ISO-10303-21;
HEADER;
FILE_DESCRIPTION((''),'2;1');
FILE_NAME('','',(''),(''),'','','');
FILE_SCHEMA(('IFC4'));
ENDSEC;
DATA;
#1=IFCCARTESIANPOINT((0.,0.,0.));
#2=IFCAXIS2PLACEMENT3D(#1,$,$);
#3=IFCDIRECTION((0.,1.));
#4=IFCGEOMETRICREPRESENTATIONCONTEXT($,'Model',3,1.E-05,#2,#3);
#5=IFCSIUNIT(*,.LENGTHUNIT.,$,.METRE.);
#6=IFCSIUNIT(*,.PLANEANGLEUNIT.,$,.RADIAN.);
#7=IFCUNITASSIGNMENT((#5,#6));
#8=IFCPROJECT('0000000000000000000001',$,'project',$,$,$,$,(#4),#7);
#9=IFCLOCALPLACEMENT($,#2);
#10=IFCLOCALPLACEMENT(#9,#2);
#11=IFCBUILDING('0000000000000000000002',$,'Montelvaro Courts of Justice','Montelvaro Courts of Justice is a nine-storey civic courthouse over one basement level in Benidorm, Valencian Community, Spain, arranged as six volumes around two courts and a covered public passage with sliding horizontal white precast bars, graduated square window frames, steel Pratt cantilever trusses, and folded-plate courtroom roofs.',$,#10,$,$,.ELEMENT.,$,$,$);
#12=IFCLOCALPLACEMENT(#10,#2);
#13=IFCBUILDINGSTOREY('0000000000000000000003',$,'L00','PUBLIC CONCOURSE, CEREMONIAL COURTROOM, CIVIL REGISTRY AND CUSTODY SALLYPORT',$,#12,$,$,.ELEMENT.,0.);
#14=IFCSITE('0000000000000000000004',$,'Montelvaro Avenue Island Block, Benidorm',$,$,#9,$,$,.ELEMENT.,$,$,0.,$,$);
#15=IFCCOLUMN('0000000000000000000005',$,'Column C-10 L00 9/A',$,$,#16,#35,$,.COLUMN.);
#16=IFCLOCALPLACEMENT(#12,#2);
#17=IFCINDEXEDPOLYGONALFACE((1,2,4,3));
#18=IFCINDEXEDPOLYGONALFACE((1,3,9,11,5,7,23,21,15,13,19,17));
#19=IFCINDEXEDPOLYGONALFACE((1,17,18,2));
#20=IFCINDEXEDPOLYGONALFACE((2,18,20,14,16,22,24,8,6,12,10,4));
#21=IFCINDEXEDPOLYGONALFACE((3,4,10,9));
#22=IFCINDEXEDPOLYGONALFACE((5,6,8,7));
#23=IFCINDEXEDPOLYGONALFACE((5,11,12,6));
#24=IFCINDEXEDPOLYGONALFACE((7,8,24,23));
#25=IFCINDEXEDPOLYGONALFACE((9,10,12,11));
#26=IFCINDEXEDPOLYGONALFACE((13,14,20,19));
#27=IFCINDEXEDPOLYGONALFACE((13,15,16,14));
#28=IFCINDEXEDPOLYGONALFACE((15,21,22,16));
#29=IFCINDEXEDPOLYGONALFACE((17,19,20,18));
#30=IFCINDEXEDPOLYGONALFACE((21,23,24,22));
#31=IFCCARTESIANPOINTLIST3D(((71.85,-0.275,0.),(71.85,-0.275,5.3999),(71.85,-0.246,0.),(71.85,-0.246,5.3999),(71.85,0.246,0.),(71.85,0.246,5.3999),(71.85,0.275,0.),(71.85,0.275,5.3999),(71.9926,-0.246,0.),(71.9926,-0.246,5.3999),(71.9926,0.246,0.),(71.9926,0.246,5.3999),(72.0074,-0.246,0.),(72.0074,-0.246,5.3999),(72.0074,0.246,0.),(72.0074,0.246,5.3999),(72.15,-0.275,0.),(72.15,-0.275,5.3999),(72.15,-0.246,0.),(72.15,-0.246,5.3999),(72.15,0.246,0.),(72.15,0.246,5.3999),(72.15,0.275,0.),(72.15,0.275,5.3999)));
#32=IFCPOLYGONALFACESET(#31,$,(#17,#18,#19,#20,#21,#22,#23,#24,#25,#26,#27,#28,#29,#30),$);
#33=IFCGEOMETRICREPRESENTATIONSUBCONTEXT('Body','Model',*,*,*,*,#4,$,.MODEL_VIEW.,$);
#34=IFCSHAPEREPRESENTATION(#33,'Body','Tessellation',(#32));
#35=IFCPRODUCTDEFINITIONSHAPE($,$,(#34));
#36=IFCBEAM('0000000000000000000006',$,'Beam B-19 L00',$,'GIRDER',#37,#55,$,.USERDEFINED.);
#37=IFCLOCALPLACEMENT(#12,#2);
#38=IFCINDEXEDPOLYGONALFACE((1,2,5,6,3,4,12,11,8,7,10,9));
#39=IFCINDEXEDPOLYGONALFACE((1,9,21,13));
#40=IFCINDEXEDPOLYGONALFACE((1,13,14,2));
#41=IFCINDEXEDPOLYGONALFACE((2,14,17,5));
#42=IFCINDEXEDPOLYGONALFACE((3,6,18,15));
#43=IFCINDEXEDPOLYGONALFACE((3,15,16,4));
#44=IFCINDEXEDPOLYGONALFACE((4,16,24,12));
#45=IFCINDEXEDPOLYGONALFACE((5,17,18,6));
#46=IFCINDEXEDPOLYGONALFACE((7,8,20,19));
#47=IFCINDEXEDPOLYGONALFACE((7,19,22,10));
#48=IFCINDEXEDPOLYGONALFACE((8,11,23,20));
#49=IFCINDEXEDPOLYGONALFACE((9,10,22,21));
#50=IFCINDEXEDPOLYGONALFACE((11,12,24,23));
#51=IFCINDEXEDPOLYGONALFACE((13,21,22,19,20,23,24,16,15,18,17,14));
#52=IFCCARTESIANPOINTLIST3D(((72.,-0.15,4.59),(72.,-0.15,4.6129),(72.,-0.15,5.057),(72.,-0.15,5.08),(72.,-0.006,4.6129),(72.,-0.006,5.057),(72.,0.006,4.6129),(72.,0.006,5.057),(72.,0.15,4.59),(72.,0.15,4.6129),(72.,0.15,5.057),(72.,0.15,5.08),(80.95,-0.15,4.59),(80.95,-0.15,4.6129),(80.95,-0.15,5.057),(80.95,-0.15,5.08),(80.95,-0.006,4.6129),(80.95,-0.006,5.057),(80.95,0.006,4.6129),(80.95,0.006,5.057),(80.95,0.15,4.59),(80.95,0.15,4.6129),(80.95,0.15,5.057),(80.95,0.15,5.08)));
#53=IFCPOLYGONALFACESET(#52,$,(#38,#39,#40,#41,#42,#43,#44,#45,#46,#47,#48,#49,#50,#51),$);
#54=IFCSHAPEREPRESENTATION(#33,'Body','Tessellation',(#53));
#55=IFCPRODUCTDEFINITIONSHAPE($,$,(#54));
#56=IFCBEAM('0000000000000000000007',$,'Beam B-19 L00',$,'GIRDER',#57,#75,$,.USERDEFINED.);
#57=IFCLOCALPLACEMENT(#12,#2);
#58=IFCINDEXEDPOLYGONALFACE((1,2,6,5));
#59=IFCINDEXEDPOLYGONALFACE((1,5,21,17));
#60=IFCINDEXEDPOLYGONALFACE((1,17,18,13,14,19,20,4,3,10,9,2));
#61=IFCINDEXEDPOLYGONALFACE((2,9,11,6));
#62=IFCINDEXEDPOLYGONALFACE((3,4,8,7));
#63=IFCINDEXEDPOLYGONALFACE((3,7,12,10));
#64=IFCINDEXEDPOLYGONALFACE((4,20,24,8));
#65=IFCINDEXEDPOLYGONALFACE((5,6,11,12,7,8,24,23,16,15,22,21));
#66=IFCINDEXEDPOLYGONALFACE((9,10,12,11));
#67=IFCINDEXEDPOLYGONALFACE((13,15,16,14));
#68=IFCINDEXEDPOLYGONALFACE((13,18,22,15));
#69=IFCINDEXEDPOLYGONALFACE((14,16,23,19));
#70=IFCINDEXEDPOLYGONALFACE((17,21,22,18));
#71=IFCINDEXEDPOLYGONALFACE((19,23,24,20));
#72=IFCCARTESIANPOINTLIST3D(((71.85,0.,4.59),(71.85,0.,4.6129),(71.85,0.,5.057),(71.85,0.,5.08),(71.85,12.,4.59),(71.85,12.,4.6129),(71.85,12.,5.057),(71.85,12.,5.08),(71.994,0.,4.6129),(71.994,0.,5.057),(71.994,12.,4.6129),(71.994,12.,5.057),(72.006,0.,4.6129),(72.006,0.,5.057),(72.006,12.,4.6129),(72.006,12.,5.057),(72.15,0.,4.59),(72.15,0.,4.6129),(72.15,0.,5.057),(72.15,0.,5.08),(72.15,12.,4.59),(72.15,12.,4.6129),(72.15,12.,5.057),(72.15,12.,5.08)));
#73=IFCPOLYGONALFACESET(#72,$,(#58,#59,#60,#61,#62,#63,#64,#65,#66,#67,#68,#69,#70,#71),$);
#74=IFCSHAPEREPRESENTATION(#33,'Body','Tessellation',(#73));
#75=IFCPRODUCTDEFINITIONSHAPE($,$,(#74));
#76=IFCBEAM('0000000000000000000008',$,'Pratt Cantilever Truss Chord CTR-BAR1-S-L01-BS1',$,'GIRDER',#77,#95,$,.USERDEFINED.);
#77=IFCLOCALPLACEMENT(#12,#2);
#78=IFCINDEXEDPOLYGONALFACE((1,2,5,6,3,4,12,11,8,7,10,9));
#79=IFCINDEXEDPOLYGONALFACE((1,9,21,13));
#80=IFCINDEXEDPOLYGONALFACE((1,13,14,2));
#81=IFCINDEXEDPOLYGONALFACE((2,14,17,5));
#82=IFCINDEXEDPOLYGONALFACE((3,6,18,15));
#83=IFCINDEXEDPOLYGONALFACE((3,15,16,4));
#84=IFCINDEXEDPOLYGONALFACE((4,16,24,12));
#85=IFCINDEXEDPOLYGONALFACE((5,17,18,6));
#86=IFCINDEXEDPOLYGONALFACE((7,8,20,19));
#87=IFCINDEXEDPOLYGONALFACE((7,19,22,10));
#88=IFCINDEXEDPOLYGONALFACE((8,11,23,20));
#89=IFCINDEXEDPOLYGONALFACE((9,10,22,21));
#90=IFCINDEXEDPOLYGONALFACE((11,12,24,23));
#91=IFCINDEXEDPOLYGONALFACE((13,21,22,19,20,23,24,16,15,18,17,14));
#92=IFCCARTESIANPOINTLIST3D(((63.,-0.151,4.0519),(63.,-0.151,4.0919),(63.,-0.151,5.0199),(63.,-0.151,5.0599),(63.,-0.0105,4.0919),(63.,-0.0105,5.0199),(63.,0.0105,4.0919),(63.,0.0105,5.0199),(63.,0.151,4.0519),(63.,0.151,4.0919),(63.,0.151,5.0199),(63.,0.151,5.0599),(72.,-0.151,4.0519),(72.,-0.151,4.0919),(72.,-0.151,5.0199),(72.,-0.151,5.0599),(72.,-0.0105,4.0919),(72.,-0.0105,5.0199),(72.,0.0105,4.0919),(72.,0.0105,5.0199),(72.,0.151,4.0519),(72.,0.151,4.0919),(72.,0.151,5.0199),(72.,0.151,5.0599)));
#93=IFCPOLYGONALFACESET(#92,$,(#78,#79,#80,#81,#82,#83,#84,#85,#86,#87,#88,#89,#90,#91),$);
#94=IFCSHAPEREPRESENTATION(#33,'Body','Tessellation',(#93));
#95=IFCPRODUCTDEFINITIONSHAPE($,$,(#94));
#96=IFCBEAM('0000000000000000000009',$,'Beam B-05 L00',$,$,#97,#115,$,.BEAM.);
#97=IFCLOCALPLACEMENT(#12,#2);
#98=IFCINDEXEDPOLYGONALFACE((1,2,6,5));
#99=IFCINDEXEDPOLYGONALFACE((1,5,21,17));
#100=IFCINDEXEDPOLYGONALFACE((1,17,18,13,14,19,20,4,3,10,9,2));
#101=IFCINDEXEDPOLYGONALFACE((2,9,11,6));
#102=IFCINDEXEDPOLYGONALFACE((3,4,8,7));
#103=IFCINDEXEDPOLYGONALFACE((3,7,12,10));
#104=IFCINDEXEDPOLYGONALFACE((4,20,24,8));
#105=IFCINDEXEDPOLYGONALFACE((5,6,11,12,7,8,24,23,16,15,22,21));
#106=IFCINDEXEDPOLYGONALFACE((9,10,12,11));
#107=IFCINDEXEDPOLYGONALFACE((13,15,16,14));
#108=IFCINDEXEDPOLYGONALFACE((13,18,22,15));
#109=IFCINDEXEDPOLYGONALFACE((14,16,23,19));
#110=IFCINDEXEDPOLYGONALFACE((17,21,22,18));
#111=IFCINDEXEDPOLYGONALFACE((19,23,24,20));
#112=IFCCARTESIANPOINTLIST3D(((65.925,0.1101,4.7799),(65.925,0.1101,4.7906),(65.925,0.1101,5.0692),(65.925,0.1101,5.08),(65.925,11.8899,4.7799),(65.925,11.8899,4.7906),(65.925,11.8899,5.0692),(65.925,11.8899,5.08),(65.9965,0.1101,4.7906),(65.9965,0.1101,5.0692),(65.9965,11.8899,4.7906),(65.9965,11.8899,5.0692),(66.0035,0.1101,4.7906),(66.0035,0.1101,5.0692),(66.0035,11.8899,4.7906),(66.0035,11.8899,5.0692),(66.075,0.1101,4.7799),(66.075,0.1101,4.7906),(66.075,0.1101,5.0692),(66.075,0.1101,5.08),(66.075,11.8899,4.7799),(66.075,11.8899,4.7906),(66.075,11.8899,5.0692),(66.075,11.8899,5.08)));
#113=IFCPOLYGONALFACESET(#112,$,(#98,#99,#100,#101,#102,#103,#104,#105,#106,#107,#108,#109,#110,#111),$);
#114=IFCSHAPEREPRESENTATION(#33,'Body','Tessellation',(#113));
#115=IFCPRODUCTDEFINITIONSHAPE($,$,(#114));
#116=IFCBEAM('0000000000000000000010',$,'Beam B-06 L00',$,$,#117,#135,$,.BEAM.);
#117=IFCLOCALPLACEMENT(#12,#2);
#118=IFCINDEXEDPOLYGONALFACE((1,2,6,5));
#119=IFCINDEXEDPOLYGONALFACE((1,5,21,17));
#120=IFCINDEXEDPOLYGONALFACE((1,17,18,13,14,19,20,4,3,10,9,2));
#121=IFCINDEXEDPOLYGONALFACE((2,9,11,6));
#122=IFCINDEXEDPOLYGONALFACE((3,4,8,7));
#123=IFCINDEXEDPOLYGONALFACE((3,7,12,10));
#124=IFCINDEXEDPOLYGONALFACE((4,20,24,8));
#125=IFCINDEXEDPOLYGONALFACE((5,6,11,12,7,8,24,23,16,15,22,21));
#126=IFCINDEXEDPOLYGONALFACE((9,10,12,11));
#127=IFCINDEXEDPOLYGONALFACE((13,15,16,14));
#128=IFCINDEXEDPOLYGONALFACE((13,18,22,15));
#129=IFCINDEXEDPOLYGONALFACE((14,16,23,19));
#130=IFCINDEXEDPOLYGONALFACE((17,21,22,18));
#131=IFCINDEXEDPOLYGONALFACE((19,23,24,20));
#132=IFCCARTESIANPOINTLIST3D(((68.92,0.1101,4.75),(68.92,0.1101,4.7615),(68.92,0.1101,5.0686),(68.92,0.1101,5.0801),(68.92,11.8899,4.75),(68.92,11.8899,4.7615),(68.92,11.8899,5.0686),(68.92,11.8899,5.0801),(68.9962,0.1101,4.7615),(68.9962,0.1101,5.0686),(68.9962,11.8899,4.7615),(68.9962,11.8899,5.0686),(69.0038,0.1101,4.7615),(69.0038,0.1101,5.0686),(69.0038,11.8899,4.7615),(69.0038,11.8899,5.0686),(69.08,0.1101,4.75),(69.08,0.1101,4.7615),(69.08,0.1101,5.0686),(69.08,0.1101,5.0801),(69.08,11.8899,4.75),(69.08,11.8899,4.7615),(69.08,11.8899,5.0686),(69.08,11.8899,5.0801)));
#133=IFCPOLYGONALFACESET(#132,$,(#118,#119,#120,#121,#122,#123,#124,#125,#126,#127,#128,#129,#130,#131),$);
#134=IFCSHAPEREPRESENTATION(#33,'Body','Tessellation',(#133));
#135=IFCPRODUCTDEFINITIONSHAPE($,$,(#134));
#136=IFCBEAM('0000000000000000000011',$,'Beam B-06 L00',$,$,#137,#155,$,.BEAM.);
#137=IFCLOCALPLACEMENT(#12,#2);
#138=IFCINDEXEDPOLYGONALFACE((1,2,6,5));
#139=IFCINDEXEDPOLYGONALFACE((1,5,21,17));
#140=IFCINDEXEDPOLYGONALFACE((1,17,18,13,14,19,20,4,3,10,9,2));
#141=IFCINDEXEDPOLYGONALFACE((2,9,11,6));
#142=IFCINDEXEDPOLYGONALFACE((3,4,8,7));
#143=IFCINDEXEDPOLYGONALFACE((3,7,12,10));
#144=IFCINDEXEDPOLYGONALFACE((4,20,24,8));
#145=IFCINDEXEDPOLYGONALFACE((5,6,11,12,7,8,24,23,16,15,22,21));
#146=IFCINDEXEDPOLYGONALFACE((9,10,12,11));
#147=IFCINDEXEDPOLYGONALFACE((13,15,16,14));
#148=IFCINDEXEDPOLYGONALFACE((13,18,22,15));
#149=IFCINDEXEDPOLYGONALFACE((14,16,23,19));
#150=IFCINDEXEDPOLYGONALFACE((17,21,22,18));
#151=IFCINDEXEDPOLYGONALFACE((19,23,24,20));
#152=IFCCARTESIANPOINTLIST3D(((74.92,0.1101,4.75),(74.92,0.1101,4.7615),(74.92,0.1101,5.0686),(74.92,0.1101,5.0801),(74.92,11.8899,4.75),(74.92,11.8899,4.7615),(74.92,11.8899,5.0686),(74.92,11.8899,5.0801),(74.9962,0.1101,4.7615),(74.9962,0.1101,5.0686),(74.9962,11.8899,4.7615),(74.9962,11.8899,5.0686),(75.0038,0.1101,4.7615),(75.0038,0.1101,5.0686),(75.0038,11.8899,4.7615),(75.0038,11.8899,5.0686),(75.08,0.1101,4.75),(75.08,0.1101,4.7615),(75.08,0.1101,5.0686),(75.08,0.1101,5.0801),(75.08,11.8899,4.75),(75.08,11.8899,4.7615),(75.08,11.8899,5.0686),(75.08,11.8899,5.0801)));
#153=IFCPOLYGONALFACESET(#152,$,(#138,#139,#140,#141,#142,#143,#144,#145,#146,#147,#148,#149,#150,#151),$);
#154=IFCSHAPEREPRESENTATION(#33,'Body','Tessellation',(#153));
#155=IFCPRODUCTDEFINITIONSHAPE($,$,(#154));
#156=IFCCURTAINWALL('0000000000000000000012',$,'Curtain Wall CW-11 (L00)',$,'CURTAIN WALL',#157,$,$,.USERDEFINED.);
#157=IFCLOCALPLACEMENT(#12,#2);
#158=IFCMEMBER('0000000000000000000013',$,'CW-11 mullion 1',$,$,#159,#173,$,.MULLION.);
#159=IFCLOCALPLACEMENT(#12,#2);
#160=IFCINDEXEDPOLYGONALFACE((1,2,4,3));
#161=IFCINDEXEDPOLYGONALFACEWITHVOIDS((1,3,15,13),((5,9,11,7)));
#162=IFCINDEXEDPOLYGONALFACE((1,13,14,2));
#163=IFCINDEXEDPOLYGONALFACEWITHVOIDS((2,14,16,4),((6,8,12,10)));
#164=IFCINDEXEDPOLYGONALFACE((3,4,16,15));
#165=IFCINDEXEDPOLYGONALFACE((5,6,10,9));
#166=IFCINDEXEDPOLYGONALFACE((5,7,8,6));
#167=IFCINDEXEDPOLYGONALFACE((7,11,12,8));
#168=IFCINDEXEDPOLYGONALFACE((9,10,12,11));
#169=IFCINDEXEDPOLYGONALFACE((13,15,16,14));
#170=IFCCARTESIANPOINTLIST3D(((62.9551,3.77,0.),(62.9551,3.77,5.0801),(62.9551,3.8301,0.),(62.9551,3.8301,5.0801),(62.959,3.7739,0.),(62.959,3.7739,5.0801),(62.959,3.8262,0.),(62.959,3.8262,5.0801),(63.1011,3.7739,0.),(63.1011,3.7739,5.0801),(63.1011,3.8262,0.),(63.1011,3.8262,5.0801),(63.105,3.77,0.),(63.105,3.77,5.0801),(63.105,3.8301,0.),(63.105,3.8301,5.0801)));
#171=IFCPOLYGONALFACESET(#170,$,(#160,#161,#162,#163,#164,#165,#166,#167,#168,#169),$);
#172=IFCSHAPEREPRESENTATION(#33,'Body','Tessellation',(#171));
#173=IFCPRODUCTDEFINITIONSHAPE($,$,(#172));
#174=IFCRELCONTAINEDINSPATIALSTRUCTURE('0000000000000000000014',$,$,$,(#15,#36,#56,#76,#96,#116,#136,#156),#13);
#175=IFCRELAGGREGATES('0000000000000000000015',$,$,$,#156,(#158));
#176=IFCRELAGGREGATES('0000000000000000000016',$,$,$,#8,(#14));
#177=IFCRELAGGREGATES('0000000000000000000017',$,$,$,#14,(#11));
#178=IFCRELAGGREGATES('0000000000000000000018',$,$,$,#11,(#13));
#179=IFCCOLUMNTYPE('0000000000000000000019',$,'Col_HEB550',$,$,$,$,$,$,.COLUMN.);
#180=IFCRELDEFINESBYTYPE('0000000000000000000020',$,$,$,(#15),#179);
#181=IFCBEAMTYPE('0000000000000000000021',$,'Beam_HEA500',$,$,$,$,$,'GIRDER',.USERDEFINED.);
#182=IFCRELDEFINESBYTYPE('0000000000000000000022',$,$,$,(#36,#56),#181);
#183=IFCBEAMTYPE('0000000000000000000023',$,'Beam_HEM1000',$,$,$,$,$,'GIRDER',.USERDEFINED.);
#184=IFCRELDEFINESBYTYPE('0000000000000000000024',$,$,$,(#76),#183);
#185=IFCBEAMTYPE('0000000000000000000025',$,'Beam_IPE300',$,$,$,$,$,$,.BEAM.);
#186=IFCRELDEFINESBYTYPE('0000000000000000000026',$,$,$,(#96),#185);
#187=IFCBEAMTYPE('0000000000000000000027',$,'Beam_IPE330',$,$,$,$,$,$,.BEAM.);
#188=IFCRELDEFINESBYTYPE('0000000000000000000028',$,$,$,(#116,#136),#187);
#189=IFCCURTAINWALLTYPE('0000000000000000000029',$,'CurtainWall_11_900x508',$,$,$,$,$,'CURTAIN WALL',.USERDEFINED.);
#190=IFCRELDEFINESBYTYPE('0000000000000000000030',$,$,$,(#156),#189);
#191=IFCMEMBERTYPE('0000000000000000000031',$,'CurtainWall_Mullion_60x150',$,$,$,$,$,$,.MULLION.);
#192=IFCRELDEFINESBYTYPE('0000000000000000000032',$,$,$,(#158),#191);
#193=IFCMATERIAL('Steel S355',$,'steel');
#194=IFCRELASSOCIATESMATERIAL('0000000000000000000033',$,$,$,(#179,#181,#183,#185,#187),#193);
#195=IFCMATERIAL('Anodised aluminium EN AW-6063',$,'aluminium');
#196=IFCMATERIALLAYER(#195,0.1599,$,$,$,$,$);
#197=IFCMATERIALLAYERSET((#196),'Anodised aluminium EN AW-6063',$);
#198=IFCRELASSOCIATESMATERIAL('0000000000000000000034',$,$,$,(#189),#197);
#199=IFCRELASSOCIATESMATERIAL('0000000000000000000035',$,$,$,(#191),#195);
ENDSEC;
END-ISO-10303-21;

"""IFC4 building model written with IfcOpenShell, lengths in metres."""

from ifc_helpers import new_model, si_unit, direction, frame, origin, origin_2d, place, context, subcontext, project, spatial, hollow_rectangle, i_section, extrude, material, layer, layer_set, material_profile, profile_set, type_object, element, aggregate, save


model = new_model("IFC4")

# Units and contexts
model_context = context("Model", 3, precision=1e-05, world=origin(), true_north=direction((0.0, 1.0)))
body_context = subcontext(model_context, "Body", "Model", "MODEL_VIEW")
ifc_project = project(units=[si_unit("LENGTHUNIT", "METRE"), si_unit("PLANEANGLEUNIT", "RADIAN")], contexts=[model_context])

# Site, building, storey
site_placement = place(None, origin())
site = spatial("IfcSite", under=ifc_project, at=site_placement, Name="Montelvaro Avenue Island Block, Benidorm", CompositionType="ELEMENT", RefElevation=0.0)
building_placement = place(site_placement, origin())
building = spatial("IfcBuilding", under=site, at=building_placement, Name="Montelvaro Courts of Justice", Description="Montelvaro Courts of Justice is a nine-storey civic courthouse over one basement level in Benidorm, Valencian Community, Spain, arranged as six volumes around two courts and a covered public passage with sliding horizontal white precast bars, graduated square window frames, steel Pratt cantilever trusses, and folded-plate courtroom roofs.", CompositionType="ELEMENT")
storey_placement = place(building_placement, origin())
storey = spatial("IfcBuildingStorey", under=building, at=storey_placement, Name="L00", Description="PUBLIC CONCOURSE, CEREMONIAL COURTROOM, CIVIL REGISTRY AND CUSTODY SALLYPORT", CompositionType="ELEMENT", Elevation=0.0)

# Column
ifc_material_1 = material(Name="Steel S355", Category="steel")
ifc_material_profile_1 = material_profile(ifc_material_1, i_section(OverallWidth=0.3, OverallDepth=0.55, WebThickness=0.0149, FlangeThickness=0.0291, at=origin_2d()), Name="HEB 550")
ifc_profile_set_1 = profile_set([ifc_material_profile_1], Name="Steel S355")
column_type = type_object("IfcColumnType", Name="Col_HEB550", PredefinedType="COLUMN", material=ifc_profile_set_1)
column_placement = place(storey_placement, frame((72.0, 0.0, 0.0), z_axis=(0.0, 0.0, 1.0), x_axis=(1.0, 0.0, 0.0)))
element("IfcColumn", 1, at=column_placement, inside=storey, type_object=column_type, Name="Column C-10 L00 9/A", PredefinedType="COLUMN", context=body_context, shape_type="SweptSolid", body=[
    extrude(i_section(OverallWidth=0.3, OverallDepth=0.55, WebThickness=0.0149, FlangeThickness=0.0291, at=origin_2d()), origin(), (0.0, 0.0, 1.0), 5.3999),
])

# Beams
ifc_material_profile_2 = material_profile(ifc_material_1, i_section(OverallWidth=0.3, OverallDepth=0.49, WebThickness=0.012, FlangeThickness=0.0229, at=origin_2d()), Name="HEA 500")
ifc_profile_set_2 = profile_set([ifc_material_profile_2], Name="Steel S355")
beam_type_1 = type_object("IfcBeamType", Name="Beam_HEA500", ElementType="GIRDER", PredefinedType="USERDEFINED", material=ifc_profile_set_2)
beam_1_placement = place(storey_placement, frame((72.0, 0.0, 4.835), z_axis=(1.0, 0.0, 0.0), x_axis=(0.0, 1.0, 0.0)))
element("IfcBeam", 2, at=beam_1_placement, inside=storey, type_object=beam_type_1, Name="Beam B-19 L00", ObjectType="GIRDER", PredefinedType="USERDEFINED", context=body_context, shape_type="SweptSolid", body=[
    extrude(i_section(OverallWidth=0.3, OverallDepth=0.49, WebThickness=0.012, FlangeThickness=0.0229, at=origin_2d()), origin(), (0.0, 0.0, 1.0), 8.95),
])
beam_2_placement = place(storey_placement, frame((72.0, 0.0, 4.835), z_axis=(0.0, 1.0, 0.0), x_axis=(-1.0, 0.0, 0.0)))
element("IfcBeam", 3, at=beam_2_placement, inside=storey, type_object=beam_type_1, Name="Beam B-19 L00", ObjectType="GIRDER", PredefinedType="USERDEFINED", context=body_context, shape_type="SweptSolid", body=[
    extrude(i_section(OverallWidth=0.3, OverallDepth=0.49, WebThickness=0.012, FlangeThickness=0.0229, at=origin_2d()), origin(), (0.0, 0.0, 1.0), 12.0),
])
ifc_material_profile_3 = material_profile(ifc_material_1, i_section(OverallWidth=0.302, OverallDepth=1.0081, WebThickness=0.021, FlangeThickness=0.04, at=origin_2d()), Name="HEM 1000")
ifc_profile_set_3 = profile_set([ifc_material_profile_3], Name="Steel S355")
beam_type_2 = type_object("IfcBeamType", Name="Beam_HEM1000", ElementType="GIRDER", PredefinedType="USERDEFINED", material=ifc_profile_set_3)
beam_3_placement = place(storey_placement, frame((72.0, 0.0, 4.5559), z_axis=(-1.0, 0.0, 0.0), x_axis=(0.0, -1.0, 0.0)))
element("IfcBeam", 4, at=beam_3_placement, inside=storey, type_object=beam_type_2, Name="Pratt Cantilever Truss Chord CTR-BAR1-S-L01-BS1", ObjectType="GIRDER", PredefinedType="USERDEFINED", context=body_context, shape_type="SweptSolid", body=[
    extrude(i_section(OverallWidth=0.302, OverallDepth=1.0081, WebThickness=0.021, FlangeThickness=0.04, at=origin_2d()), origin(), (0.0, 0.0, 1.0), 9.0),
])
ifc_material_profile_4 = material_profile(ifc_material_1, i_section(OverallWidth=0.1499, OverallDepth=0.3, WebThickness=0.0071, FlangeThickness=0.0107, at=origin_2d()), Name="IPE 300")
ifc_profile_set_4 = profile_set([ifc_material_profile_4], Name="Steel S355")
beam_type_3 = type_object("IfcBeamType", Name="Beam_IPE300", PredefinedType="BEAM", material=ifc_profile_set_4)
beam_4_placement = place(storey_placement, frame((66.0, 0.1101, 4.9299), z_axis=(0.0, 1.0, 0.0), x_axis=(-1.0, 0.0, 0.0)))
element("IfcBeam", 5, at=beam_4_placement, inside=storey, type_object=beam_type_3, Name="Beam B-05 L00", PredefinedType="BEAM", context=body_context, shape_type="SweptSolid", body=[
    extrude(i_section(OverallWidth=0.1499, OverallDepth=0.3, WebThickness=0.0071, FlangeThickness=0.0107, at=origin_2d()), origin(), (0.0, 0.0, 1.0), 11.7798),
])
ifc_material_profile_5 = material_profile(ifc_material_1, i_section(OverallWidth=0.1599, OverallDepth=0.3301, WebThickness=0.0076, FlangeThickness=0.0115, at=origin_2d()), Name="IPE 330")
ifc_profile_set_5 = profile_set([ifc_material_profile_5], Name="Steel S355")
beam_type_4 = type_object("IfcBeamType", Name="Beam_IPE330", PredefinedType="BEAM", material=ifc_profile_set_5)
for number, where, z_axis, x_axis, name in (
    (6, (69.0, 0.1101, 4.915), (0.0, 1.0, 0.0), (-1.0, 0.0, 0.0), "Beam B-06 L00"),
    (7, (75.0, 0.1101, 4.915), (0.0, 1.0, 0.0), (-1.0, 0.0, 0.0), "Beam B-06 L00"),
):
    element("IfcBeam", number, at=place(storey_placement, frame(where, z_axis=z_axis, x_axis=x_axis)), inside=storey, type_object=beam_type_4, Name=name, PredefinedType="BEAM", context=body_context, shape_type="SweptSolid", body=[
        extrude(i_section(OverallWidth=0.1599, OverallDepth=0.3301, WebThickness=0.0076, FlangeThickness=0.0115, at=origin_2d()), origin(), (0.0, 0.0, 1.0), 11.7798),
    ])

# Curtain wall, member
ifc_material_2 = material(Name="Anodised aluminium EN AW-6063", Category="aluminium")
ifc_layer_1 = layer(ifc_material_2, 0.1599)
ifc_layer_set_1 = layer_set([ifc_layer_1], Name="Anodised aluminium EN AW-6063")
curtain_wall_type_1 = type_object("IfcCurtainWallType", Name="CurtainWall_11_900x508", ElementType="CURTAIN WALL", PredefinedType="USERDEFINED", material=ifc_layer_set_1)
curtain_wall_1_placement = place(storey_placement, origin())
curtain_wall_1 = element("IfcCurtainWall", 8, at=curtain_wall_1_placement, inside=storey, type_object=curtain_wall_type_1, Name="Curtain Wall CW-11 (L00)", ObjectType="CURTAIN WALL", PredefinedType="USERDEFINED")
ifc_material_profile_6 = material_profile(ifc_material_2, hollow_rectangle(XDim=0.0601, YDim=0.1499, WallThickness=0.0039, at=origin_2d()), Name="ALU-M 60x150")
ifc_profile_set_6 = profile_set([ifc_material_profile_6], Name="Anodised aluminium EN AW-6063")
member_type_1 = type_object("IfcMemberType", Name="CurtainWall_Mullion_60x150", PredefinedType="MULLION", material=ifc_profile_set_6)
member_1_placement = place(storey_placement, frame((63.03, 3.8, 0.0), z_axis=(0.0, 0.0, 1.0), x_axis=(0.0, 1.0, 0.0)))
member_1 = element("IfcMember", 9, at=member_1_placement, type_object=member_type_1, Name="CW-11 mullion 1", PredefinedType="MULLION", context=body_context, shape_type="SweptSolid", body=[
    extrude(hollow_rectangle(XDim=0.0601, YDim=0.1499, WallThickness=0.0039, at=origin_2d()), origin(), (0.0, 0.0, 1.0), 5.0801),
])

aggregate(curtain_wall_1, [member_1])

save(model, "model.ifc")
